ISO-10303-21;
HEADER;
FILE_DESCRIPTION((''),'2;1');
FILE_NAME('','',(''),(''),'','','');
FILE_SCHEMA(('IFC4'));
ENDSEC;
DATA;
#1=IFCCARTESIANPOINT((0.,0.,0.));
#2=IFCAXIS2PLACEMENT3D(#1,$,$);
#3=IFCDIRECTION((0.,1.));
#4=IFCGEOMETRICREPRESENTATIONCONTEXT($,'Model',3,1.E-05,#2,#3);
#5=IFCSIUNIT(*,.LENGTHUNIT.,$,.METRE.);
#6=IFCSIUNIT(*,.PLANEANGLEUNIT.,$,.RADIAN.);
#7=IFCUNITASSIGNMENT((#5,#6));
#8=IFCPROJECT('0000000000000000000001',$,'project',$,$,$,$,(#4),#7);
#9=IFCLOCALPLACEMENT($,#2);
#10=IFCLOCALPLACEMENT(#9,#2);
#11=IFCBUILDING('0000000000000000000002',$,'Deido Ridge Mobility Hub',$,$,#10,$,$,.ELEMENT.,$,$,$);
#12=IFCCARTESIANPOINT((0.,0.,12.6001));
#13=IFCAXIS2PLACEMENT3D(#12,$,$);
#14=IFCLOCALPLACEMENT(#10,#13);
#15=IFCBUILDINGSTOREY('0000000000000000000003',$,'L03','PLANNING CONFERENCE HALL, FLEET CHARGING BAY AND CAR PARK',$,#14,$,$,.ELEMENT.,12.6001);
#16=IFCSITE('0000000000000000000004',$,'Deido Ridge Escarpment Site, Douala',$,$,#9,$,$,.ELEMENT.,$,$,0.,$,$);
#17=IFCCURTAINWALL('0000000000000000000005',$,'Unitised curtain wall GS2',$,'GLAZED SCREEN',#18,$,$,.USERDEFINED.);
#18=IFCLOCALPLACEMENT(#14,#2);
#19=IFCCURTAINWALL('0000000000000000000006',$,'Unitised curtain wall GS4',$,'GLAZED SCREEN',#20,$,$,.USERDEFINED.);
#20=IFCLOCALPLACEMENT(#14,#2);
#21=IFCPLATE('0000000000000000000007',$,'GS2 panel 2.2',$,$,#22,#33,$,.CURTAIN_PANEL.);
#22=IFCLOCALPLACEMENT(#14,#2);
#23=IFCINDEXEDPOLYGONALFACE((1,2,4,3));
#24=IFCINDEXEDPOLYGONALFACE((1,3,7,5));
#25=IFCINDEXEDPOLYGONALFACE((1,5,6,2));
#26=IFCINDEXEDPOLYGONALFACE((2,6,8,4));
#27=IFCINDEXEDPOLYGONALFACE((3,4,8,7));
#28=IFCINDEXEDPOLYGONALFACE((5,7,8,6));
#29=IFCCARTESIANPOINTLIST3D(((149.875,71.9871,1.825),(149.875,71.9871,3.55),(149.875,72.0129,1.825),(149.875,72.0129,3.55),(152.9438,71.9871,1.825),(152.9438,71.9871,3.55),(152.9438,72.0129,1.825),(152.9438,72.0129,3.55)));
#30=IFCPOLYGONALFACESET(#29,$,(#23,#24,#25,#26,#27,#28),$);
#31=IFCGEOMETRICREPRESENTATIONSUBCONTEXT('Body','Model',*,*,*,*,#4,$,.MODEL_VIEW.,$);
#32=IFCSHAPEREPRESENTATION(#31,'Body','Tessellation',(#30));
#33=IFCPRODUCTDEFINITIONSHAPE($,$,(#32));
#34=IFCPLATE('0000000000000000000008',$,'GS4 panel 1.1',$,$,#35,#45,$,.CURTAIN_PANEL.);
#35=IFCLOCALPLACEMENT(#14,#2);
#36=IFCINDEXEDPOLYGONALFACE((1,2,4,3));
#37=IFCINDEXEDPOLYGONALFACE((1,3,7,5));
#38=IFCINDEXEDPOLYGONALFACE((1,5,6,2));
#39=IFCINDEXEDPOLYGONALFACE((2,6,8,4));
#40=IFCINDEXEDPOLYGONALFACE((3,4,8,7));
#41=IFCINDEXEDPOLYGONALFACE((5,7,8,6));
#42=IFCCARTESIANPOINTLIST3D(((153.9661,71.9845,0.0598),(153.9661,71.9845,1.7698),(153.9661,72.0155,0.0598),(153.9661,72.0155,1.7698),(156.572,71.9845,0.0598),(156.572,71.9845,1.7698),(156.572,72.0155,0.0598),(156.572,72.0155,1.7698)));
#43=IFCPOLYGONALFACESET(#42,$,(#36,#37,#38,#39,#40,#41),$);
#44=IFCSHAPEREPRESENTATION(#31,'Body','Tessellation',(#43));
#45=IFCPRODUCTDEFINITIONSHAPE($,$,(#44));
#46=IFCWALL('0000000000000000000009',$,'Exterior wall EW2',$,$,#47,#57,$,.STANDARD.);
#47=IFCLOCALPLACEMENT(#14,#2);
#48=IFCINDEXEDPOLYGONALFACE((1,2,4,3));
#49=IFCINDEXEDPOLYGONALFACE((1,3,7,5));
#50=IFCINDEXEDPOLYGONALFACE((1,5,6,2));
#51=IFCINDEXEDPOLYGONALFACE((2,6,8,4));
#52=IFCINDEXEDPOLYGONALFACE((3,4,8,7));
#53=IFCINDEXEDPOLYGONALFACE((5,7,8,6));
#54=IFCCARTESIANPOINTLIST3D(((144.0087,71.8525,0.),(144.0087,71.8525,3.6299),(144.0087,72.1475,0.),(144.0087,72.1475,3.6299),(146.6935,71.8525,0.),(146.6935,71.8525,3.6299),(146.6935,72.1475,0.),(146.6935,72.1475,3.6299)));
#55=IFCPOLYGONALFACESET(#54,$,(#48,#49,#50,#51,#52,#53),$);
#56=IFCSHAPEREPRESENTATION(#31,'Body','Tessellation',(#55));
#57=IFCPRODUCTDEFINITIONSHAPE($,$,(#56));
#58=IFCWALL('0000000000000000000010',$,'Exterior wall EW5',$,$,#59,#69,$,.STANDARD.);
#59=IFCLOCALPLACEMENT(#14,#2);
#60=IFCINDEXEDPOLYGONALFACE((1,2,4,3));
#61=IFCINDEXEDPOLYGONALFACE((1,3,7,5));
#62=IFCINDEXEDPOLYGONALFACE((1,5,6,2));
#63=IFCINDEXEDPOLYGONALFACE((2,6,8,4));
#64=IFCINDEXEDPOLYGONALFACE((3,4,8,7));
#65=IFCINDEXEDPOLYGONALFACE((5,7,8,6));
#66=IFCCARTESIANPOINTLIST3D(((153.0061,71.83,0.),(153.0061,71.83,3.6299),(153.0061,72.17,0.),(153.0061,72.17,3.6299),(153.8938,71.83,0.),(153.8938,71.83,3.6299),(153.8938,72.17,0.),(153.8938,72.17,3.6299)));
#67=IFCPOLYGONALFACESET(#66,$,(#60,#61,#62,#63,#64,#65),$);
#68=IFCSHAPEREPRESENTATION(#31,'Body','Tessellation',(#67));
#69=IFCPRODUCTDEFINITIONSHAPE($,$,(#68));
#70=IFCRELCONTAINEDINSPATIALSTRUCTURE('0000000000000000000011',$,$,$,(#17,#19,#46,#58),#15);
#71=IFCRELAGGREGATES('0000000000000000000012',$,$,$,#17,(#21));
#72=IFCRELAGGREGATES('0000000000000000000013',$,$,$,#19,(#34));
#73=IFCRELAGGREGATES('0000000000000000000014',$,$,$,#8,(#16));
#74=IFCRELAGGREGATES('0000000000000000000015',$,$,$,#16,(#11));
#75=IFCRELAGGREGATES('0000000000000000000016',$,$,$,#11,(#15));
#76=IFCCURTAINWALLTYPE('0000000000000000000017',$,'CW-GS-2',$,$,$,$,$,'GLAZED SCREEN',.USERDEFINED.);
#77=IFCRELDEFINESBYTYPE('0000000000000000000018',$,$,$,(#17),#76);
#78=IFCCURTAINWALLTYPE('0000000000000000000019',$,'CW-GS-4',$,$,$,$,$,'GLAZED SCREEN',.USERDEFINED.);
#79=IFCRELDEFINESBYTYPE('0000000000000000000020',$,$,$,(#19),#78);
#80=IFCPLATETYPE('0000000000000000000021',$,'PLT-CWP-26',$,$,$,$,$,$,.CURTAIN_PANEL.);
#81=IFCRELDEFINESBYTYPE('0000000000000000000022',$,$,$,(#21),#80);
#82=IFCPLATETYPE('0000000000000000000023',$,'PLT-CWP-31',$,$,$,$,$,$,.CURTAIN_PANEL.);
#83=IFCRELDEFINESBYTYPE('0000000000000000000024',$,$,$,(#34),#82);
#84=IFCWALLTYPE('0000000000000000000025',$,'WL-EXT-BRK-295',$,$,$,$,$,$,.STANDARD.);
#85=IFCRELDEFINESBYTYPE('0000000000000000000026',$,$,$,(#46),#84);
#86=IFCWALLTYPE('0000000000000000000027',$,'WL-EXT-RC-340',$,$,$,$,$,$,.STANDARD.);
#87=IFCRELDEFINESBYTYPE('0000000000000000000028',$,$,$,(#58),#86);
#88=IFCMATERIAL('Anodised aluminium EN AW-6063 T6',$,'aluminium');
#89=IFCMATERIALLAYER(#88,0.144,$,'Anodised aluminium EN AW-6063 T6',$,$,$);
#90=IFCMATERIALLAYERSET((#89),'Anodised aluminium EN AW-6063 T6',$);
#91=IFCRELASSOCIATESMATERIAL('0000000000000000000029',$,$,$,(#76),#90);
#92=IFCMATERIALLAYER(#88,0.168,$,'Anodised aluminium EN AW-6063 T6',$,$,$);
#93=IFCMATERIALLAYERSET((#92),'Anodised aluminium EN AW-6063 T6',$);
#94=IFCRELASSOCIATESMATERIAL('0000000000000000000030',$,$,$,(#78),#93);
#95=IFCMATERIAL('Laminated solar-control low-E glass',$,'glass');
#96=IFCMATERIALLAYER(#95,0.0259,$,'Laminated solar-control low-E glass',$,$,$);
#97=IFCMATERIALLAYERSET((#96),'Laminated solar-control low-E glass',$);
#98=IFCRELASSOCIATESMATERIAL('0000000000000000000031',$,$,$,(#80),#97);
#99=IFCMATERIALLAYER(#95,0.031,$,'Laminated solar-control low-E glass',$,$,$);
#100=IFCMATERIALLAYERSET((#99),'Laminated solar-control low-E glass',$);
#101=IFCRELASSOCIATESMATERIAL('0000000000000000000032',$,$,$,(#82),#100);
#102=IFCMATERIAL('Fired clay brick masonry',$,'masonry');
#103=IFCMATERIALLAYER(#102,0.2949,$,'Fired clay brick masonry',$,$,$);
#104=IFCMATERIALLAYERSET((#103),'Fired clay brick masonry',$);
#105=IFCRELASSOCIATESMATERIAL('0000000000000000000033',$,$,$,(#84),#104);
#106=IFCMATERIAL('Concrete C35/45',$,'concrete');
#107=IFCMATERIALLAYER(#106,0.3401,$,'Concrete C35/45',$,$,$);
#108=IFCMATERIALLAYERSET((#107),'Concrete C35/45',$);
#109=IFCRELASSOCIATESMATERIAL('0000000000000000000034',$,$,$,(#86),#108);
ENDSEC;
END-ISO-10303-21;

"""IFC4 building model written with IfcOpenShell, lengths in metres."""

from ifc_helpers import new_model, si_unit, direction, frame, frame_2d, origin, origin_2d, place, context, subcontext, project, spatial, rectangle, extrude, material, layer, layer_set, type_object, element, aggregate, save


model = new_model("IFC4")

# Units and contexts
model_context = context("Model", 3, precision=1e-05, world=origin(), true_north=direction((0.0, 1.0)))
body_context = subcontext(model_context, "Body", "Model", "MODEL_VIEW")
ifc_project = project(units=[si_unit("LENGTHUNIT", "METRE"), si_unit("PLANEANGLEUNIT", "RADIAN")], contexts=[model_context])

# Site, building, storey
site_placement = place(None, origin())
site = spatial("IfcSite", under=ifc_project, at=site_placement, Name="Deido Ridge Escarpment Site, Douala", CompositionType="ELEMENT", RefElevation=0.0)
building_placement = place(site_placement, origin())
building = spatial("IfcBuilding", under=site, at=building_placement, Name="Deido Ridge Mobility Hub", CompositionType="ELEMENT")
storey_placement = place(building_placement, frame((0.0, 0.0, 12.6001)))
storey = spatial("IfcBuildingStorey", under=building, at=storey_placement, Name="L03", Description="PLANNING CONFERENCE HALL, FLEET CHARGING BAY AND CAR PARK", CompositionType="ELEMENT", Elevation=12.6001)

# Curtain wall
ifc_material_1 = material(Name="Anodised aluminium EN AW-6063 T6", Category="aluminium")
ifc_layer_1 = layer(ifc_material_1, 0.144, Name="Anodised aluminium EN AW-6063 T6")
ifc_layer_set_1 = layer_set([ifc_layer_1], Name="Anodised aluminium EN AW-6063 T6")
curtain_wall_type_1 = type_object("IfcCurtainWallType", Name="CW-GS-2", ElementType="GLAZED SCREEN", PredefinedType="USERDEFINED", material=ifc_layer_set_1)
curtain_wall_1_placement = place(storey_placement, origin())
curtain_wall_1 = element("IfcCurtainWall", 1, at=curtain_wall_1_placement, inside=storey, type_object=curtain_wall_type_1, Name="Unitised curtain wall GS2", ObjectType="GLAZED SCREEN", PredefinedType="USERDEFINED")

# Curtain wall
ifc_layer_2 = layer(ifc_material_1, 0.168, Name="Anodised aluminium EN AW-6063 T6")
ifc_layer_set_2 = layer_set([ifc_layer_2], Name="Anodised aluminium EN AW-6063 T6")
curtain_wall_type_2 = type_object("IfcCurtainWallType", Name="CW-GS-4", ElementType="GLAZED SCREEN", PredefinedType="USERDEFINED", material=ifc_layer_set_2)
curtain_wall_2_placement = place(storey_placement, origin())
curtain_wall_2 = element("IfcCurtainWall", 2, at=curtain_wall_2_placement, inside=storey, type_object=curtain_wall_type_2, Name="Unitised curtain wall GS4", ObjectType="GLAZED SCREEN", PredefinedType="USERDEFINED")

# Plates
ifc_material_2 = material(Name="Laminated solar-control low-E glass", Category="glass")
ifc_layer_3 = layer(ifc_material_2, 0.0259, Name="Laminated solar-control low-E glass")
ifc_layer_set_3 = layer_set([ifc_layer_3], Name="Laminated solar-control low-E glass")
plate_type_1 = type_object("IfcPlateType", Name="PLT-CWP-26", PredefinedType="CURTAIN_PANEL", material=ifc_layer_set_3)
plate_1_placement = place(storey_placement, frame((151.4094, 72.0, 1.825), z_axis=(0.0, 0.0, 1.0), x_axis=(1.0, 0.0, 0.0)))
plate_1 = element("IfcPlate", 3, at=plate_1_placement, type_object=plate_type_1, Name="GS2 panel 2.2", PredefinedType="CURTAIN_PANEL", context=body_context, shape_type="SweptSolid", body=[
    extrude(rectangle(XDim=3.0688, YDim=0.0259, at=origin_2d()), origin(), (0.0, 0.0, 1.0), 1.7251),
])
aggregate(curtain_wall_1, [plate_1])
ifc_layer_4 = layer(ifc_material_2, 0.031, Name="Laminated solar-control low-E glass")
ifc_layer_set_4 = layer_set([ifc_layer_4], Name="Laminated solar-control low-E glass")
plate_type_2 = type_object("IfcPlateType", Name="PLT-CWP-31", PredefinedType="CURTAIN_PANEL", material=ifc_layer_set_4)
plate_2_placement = place(storey_placement, frame((155.269, 72.0, 0.0598), z_axis=(0.0, 0.0, 1.0), x_axis=(1.0, 0.0, 0.0)))
plate_2 = element("IfcPlate", 4, at=plate_2_placement, type_object=plate_type_2, Name="GS4 panel 1.1", PredefinedType="CURTAIN_PANEL", context=body_context, shape_type="SweptSolid", body=[
    extrude(rectangle(XDim=2.606, YDim=0.031, at=origin_2d()), origin(), (0.0, 0.0, 1.0), 1.71),
])
aggregate(curtain_wall_2, [plate_2])

# Walls
ifc_material_3 = material(Name="Fired clay brick masonry", Category="masonry")
ifc_layer_5 = layer(ifc_material_3, 0.2949, Name="Fired clay brick masonry")
ifc_layer_set_5 = layer_set([ifc_layer_5], Name="Fired clay brick masonry")
wall_type_1 = type_object("IfcWallType", Name="WL-EXT-BRK-295", PredefinedType="STANDARD", material=ifc_layer_set_5)
wall_1_placement = place(storey_placement, frame((144.0088, 72.0, 0.0), z_axis=(0.0, 0.0, 1.0), x_axis=(1.0, 0.0, 0.0)))
element("IfcWall", 5, at=wall_1_placement, inside=storey, type_object=wall_type_1, Name="Exterior wall EW2", PredefinedType="STANDARD", context=body_context, shape_type="SweptSolid", body=[
    extrude(rectangle(XDim=2.6848, YDim=0.2949, at=frame_2d((1.3423, 0.0))), origin(), (0.0, 0.0, 1.0), 3.6299),
])
ifc_material_4 = material(Name="Concrete C35/45", Category="concrete")
ifc_layer_6 = layer(ifc_material_4, 0.3401, Name="Concrete C35/45")
ifc_layer_set_6 = layer_set([ifc_layer_6], Name="Concrete C35/45")
wall_type_2 = type_object("IfcWallType", Name="WL-EXT-RC-340", PredefinedType="STANDARD", material=ifc_layer_set_6)
wall_2_placement = place(storey_placement, frame((153.0061, 72.0, 0.0), z_axis=(0.0, 0.0, 1.0), x_axis=(1.0, 0.0, 0.0)))
element("IfcWall", 6, at=wall_2_placement, inside=storey, type_object=wall_type_2, Name="Exterior wall EW5", PredefinedType="STANDARD", context=body_context, shape_type="SweptSolid", body=[
    extrude(rectangle(XDim=0.8877, YDim=0.3401, at=frame_2d((0.4438, 0.0))), origin(), (0.0, 0.0, 1.0), 3.6299),
])

save(model, "model.ifc")
